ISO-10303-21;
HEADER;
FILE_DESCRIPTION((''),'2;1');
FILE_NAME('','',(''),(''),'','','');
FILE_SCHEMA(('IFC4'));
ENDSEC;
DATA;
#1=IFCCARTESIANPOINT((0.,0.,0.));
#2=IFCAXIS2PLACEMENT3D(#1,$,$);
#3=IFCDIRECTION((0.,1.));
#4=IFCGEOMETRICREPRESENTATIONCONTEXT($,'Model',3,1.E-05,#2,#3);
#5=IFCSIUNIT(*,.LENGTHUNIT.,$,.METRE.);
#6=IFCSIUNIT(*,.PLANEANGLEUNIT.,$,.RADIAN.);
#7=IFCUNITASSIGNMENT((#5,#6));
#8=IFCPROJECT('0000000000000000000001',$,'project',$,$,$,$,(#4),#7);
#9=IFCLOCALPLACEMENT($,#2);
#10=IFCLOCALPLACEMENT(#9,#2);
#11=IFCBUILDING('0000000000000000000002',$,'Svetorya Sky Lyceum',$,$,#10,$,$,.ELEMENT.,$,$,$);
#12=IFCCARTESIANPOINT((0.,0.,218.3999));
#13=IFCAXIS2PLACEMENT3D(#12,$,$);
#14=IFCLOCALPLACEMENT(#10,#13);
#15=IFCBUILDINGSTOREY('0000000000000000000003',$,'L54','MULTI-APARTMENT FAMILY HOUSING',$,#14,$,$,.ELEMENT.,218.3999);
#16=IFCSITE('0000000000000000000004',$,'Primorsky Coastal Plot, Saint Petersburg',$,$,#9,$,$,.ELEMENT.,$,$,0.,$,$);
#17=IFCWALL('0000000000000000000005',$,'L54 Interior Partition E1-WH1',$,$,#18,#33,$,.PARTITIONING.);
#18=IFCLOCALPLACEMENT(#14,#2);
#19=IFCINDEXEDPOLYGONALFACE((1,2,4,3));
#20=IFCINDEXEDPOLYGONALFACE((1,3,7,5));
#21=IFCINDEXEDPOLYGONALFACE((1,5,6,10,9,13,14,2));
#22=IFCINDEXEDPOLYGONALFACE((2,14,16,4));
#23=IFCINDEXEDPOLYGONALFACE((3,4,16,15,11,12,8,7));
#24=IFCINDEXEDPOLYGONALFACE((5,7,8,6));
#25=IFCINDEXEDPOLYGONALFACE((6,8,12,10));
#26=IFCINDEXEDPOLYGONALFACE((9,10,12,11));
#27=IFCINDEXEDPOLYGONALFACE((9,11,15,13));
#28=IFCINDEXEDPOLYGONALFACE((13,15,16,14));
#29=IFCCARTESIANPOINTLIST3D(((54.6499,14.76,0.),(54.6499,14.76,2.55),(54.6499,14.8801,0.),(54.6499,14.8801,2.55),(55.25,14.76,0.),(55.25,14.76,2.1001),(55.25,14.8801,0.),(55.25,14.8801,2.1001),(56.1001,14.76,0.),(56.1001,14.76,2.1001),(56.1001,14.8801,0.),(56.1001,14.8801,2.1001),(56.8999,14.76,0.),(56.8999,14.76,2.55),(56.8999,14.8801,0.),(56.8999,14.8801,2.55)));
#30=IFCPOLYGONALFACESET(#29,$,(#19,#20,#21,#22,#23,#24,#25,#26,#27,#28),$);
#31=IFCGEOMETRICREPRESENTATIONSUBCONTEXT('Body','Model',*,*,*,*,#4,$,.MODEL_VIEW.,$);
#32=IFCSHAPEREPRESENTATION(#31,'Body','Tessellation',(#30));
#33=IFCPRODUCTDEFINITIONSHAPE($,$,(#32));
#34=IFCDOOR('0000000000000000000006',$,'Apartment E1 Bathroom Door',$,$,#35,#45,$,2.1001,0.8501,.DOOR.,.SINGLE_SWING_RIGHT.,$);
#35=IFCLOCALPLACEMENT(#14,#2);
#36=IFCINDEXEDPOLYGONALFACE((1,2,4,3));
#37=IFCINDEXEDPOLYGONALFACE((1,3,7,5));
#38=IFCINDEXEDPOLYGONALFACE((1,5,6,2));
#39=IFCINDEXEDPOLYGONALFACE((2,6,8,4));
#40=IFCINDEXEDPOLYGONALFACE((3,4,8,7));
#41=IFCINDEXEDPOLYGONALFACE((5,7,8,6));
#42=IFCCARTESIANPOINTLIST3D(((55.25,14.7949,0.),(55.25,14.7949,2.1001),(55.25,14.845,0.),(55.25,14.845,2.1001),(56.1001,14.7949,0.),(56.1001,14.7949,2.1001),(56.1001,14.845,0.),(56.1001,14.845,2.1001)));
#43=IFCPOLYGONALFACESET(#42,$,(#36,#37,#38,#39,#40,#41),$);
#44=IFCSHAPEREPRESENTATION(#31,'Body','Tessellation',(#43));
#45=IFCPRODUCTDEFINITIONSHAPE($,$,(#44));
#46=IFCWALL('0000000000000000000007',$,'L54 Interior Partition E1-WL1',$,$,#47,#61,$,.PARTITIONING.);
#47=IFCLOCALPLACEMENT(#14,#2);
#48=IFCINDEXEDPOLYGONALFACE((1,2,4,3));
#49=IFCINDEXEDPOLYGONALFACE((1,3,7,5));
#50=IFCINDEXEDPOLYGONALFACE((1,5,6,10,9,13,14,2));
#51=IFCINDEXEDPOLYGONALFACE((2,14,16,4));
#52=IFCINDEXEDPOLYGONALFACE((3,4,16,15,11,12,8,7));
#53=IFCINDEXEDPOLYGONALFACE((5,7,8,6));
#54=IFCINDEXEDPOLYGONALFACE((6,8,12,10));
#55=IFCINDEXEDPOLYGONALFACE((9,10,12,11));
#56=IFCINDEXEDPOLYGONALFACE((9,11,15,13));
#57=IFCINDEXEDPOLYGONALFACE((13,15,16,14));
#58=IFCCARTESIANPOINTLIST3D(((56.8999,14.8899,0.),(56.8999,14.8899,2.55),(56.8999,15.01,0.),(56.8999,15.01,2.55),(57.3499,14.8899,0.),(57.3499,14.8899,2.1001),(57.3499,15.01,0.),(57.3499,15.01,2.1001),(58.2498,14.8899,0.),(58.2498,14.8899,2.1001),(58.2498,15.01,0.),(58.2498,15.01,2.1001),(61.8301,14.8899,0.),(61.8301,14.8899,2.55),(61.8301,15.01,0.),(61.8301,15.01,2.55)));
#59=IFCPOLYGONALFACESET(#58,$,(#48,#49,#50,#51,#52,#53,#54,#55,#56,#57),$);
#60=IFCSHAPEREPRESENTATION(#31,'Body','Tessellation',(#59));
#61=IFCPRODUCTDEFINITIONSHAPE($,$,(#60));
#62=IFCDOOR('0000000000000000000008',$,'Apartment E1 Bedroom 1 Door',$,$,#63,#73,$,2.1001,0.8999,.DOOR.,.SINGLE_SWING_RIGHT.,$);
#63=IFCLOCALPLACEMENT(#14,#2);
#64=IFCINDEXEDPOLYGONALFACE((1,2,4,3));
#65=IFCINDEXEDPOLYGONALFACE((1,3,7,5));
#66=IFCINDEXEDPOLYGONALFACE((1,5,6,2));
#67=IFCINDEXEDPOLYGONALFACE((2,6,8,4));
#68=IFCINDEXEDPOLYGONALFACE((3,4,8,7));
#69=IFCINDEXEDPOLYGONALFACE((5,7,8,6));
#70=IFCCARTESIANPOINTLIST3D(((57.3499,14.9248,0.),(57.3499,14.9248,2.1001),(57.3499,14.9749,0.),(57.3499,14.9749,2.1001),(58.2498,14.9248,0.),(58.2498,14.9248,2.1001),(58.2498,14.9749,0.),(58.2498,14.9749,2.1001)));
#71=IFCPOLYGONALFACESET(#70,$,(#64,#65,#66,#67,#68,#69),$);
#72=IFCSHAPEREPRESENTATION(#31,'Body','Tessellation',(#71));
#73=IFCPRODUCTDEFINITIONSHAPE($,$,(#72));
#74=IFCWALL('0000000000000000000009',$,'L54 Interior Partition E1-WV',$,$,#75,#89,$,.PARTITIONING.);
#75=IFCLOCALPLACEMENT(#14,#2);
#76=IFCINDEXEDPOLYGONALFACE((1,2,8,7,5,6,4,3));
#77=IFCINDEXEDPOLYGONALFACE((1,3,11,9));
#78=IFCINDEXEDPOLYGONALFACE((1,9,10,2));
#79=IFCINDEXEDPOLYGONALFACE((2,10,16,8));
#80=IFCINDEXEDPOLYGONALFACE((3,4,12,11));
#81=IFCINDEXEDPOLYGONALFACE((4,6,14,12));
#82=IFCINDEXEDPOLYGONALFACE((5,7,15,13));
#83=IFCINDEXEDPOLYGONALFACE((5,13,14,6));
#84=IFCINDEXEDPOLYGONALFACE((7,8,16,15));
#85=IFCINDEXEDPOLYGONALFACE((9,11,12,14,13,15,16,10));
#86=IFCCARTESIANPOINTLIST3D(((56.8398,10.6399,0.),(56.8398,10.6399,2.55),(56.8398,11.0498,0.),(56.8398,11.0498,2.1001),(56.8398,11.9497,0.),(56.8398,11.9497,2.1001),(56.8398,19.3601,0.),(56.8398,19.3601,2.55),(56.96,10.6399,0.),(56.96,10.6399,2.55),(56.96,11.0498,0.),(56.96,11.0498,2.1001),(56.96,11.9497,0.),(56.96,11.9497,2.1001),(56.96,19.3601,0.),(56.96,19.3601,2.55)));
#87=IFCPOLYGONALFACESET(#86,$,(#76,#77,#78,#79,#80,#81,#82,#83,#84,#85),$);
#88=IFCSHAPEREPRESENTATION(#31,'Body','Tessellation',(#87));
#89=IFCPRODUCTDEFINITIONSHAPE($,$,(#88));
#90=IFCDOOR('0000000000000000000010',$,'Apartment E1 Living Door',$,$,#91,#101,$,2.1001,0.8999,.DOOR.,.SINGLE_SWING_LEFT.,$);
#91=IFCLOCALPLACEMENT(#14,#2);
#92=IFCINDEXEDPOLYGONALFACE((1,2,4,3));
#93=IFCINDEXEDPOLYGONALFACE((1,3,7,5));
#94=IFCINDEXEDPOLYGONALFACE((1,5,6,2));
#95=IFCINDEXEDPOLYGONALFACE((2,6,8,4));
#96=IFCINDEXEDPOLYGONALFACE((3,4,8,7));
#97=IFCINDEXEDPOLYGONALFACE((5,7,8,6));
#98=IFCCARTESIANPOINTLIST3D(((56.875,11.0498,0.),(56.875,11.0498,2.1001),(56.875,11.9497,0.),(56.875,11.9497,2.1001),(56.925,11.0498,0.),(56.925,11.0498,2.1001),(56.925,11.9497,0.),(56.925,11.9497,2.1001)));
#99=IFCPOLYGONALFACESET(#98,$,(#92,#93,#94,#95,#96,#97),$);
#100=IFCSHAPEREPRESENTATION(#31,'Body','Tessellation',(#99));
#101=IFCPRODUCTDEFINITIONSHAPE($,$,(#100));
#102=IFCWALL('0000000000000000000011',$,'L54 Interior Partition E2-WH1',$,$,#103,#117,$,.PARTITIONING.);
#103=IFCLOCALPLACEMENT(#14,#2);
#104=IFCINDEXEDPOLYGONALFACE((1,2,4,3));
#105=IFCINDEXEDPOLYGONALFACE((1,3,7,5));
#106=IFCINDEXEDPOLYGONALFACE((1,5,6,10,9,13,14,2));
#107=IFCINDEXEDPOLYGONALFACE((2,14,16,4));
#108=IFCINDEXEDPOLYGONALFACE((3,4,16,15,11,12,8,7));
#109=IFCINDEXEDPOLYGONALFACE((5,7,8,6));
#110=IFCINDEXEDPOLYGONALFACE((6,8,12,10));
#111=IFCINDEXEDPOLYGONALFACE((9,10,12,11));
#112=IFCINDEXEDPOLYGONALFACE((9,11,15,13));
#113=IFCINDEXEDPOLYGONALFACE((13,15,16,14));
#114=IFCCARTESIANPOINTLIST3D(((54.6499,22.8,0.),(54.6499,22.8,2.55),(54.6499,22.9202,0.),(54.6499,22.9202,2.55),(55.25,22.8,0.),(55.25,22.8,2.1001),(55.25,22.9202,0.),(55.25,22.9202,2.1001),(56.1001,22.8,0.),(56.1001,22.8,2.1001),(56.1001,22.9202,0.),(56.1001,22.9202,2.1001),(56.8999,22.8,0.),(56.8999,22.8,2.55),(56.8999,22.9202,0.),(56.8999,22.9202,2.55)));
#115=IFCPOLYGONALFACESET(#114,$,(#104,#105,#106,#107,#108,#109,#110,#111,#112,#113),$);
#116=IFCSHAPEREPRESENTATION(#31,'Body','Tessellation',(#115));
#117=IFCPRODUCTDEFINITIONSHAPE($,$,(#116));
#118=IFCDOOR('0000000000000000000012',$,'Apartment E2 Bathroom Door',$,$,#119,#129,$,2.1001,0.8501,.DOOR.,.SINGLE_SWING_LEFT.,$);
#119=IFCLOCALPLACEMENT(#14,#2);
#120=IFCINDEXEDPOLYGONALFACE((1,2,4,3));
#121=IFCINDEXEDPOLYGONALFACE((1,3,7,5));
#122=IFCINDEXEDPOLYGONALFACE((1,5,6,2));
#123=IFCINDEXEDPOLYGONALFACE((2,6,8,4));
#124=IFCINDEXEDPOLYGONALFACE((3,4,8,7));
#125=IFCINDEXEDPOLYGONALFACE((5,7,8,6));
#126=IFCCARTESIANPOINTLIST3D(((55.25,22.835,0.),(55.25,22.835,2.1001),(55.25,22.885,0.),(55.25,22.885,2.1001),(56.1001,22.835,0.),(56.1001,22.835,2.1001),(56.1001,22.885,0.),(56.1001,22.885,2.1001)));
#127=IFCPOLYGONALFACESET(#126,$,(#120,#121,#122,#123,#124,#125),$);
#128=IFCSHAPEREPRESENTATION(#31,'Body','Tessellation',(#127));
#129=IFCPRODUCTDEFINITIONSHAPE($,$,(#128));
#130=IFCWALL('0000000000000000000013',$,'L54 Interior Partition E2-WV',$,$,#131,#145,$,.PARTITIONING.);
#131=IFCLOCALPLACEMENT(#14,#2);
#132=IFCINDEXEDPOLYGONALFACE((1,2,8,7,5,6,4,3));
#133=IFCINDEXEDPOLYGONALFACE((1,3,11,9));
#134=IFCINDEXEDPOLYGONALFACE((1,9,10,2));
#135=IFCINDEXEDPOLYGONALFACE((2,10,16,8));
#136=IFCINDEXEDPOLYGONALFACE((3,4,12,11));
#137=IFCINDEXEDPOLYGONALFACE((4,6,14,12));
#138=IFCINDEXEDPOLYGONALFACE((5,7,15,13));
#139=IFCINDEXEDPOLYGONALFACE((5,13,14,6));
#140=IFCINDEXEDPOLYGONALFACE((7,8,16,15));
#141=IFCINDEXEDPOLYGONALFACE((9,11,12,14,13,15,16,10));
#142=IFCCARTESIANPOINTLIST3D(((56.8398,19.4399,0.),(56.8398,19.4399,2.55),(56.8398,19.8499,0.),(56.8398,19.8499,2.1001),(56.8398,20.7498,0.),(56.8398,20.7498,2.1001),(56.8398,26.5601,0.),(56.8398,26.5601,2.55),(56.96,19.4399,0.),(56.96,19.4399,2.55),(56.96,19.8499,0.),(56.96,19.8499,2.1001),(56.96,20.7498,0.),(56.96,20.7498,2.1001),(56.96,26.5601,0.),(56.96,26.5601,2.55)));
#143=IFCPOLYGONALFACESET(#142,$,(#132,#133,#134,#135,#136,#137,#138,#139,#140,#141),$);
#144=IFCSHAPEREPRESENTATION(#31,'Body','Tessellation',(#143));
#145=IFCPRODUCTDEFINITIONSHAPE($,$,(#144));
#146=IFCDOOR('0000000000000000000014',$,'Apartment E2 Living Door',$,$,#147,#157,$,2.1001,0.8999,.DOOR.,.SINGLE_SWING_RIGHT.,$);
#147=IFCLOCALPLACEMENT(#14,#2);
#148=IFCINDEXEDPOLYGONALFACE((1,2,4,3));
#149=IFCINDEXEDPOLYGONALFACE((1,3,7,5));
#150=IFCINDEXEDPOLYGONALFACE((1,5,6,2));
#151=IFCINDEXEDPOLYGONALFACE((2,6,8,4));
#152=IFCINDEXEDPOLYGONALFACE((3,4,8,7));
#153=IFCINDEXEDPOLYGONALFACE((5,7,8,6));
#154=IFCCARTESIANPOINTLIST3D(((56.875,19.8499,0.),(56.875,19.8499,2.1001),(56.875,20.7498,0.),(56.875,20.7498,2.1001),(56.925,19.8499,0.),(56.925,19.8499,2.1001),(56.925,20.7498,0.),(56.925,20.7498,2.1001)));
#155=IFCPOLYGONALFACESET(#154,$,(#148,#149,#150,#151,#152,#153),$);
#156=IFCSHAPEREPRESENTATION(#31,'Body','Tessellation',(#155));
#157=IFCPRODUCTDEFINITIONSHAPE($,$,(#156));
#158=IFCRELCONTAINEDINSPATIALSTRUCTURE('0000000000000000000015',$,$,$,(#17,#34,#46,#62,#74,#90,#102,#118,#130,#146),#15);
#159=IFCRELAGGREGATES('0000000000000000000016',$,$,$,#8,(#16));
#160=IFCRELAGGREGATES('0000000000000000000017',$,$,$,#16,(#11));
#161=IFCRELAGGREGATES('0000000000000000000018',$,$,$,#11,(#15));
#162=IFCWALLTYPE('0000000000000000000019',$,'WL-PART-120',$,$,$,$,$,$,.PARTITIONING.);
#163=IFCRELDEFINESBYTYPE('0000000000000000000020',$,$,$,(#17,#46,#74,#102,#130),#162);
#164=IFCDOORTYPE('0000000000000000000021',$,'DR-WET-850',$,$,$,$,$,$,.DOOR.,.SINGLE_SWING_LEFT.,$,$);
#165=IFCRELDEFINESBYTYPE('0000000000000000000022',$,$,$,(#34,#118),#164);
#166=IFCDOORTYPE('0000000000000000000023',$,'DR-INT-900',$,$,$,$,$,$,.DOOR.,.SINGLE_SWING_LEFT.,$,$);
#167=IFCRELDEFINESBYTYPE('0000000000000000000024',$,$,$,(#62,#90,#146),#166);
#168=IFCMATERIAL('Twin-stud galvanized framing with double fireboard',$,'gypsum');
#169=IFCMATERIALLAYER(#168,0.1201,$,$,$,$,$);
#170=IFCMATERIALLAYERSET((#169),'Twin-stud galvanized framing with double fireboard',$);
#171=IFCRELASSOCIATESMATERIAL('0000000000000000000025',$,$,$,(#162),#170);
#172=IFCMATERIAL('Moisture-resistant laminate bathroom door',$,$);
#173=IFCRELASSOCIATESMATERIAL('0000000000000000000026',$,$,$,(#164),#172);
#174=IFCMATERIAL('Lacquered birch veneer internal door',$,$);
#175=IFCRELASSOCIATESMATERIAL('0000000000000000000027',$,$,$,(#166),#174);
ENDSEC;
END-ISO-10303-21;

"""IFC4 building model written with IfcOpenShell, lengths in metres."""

from ifc_helpers import new_model, si_unit, direction, frame, frame_2d, origin, place, context, subcontext, project, spatial, rectangle, extrude, material, layer, layer_set, type_object, element, fill, save


model = new_model("IFC4")

# Units and contexts
model_context = context("Model", 3, precision=1e-05, world=origin(), true_north=direction((0.0, 1.0)))
body_context = subcontext(model_context, "Body", "Model", "MODEL_VIEW")
ifc_project = project(units=[si_unit("LENGTHUNIT", "METRE"), si_unit("PLANEANGLEUNIT", "RADIAN")], contexts=[model_context])

# Site, building, storey
site_placement = place(None, origin())
site = spatial("IfcSite", under=ifc_project, at=site_placement, Name="Primorsky Coastal Plot, Saint Petersburg", CompositionType="ELEMENT", RefElevation=0.0)
building_placement = place(site_placement, origin())
building = spatial("IfcBuilding", under=site, at=building_placement, Name="Svetorya Sky Lyceum", CompositionType="ELEMENT")
storey_placement = place(building_placement, frame((0.0, 0.0, 218.3999)))
storey = spatial("IfcBuildingStorey", under=building, at=storey_placement, Name="L54", Description="MULTI-APARTMENT FAMILY HOUSING", CompositionType="ELEMENT", Elevation=218.3999)

# Walls, openings, doors
ifc_material_1 = material(Name="Twin-stud galvanized framing with double fireboard", Category="gypsum")
ifc_layer_1 = layer(ifc_material_1, 0.1201)
ifc_layer_set_1 = layer_set([ifc_layer_1], Name="Twin-stud galvanized framing with double fireboard")
wall_type_1 = type_object("IfcWallType", Name="WL-PART-120", PredefinedType="PARTITIONING", material=ifc_layer_set_1)
wall_1_placement = place(storey_placement, frame((54.6499, 14.8201, 0.0), z_axis=(0.0, 0.0, 1.0), x_axis=(1.0, 0.0, 0.0)))
wall_1 = element("IfcWall", 1, at=wall_1_placement, inside=storey, type_object=wall_type_1, Name="L54 Interior Partition E1-WH1", PredefinedType="PARTITIONING", context=body_context, shape_type="SweptSolid", body=[
    extrude(rectangle(XDim=2.25, YDim=0.1201, at=frame_2d((1.125, 0.0))), origin(), (0.0, 0.0, 1.0), 2.55),
])
opening_1_placement = place(wall_1_placement, frame((0.6001, 0.0, 0.0)))
opening_1 = element("IfcOpeningElement", 2, at=opening_1_placement, cuts=wall_1, PredefinedType="OPENING", context=body_context, shape_type="SweptSolid", body=[
    extrude(rectangle(XDim=0.8501, YDim=2.1001, at=frame_2d((0.425, 1.05))), frame((0.0, 0.0701, 0.0), z_axis=(0.0, -1.0, 0.0), x_axis=(1.0, 0.0, 0.0)), (0.0, 0.0, 1.0), 0.1401),
])
ifc_material_2 = material(Name="Moisture-resistant laminate bathroom door")
door_type_1 = type_object("IfcDoorType", Name="DR-WET-850", OperationType="SINGLE_SWING_LEFT", PredefinedType="DOOR", material=ifc_material_2)
door_1_placement = place(opening_1_placement, origin())
door_1 = element("IfcDoor", 3, at=door_1_placement, inside=storey, type_object=door_type_1, Name="Apartment E1 Bathroom Door", OperationType="SINGLE_SWING_RIGHT", OverallHeight=2.1001, OverallWidth=0.8501, PredefinedType="DOOR", context=body_context, shape_type="SweptSolid", body=[
    extrude(rectangle(XDim=0.8501, YDim=2.1001, at=frame_2d((0.425, 1.05))), frame((0.0, 0.0249, 0.0), z_axis=(0.0, -1.0, 0.0), x_axis=(1.0, 0.0, 0.0)), (0.0, 0.0, 1.0), 0.05),
])
fill(opening_1, door_1)
wall_2_placement = place(storey_placement, frame((56.8999, 14.95, 0.0), z_axis=(0.0, 0.0, 1.0), x_axis=(1.0, 0.0, 0.0)))
wall_2 = element("IfcWall", 4, at=wall_2_placement, inside=storey, type_object=wall_type_1, Name="L54 Interior Partition E1-WL1", PredefinedType="PARTITIONING", context=body_context, shape_type="SweptSolid", body=[
    extrude(rectangle(XDim=4.9302, YDim=0.1201, at=frame_2d((2.4651, 0.0))), origin(), (0.0, 0.0, 1.0), 2.55),
])
opening_2_placement = place(wall_2_placement, frame((0.45, 0.0, 0.0)))
opening_2 = element("IfcOpeningElement", 5, at=opening_2_placement, cuts=wall_2, PredefinedType="OPENING", context=body_context, shape_type="SweptSolid", body=[
    extrude(rectangle(XDim=0.8999, YDim=2.1001, at=frame_2d((0.45, 1.05))), frame((0.0, 0.0701, 0.0), z_axis=(0.0, -1.0, 0.0), x_axis=(1.0, 0.0, 0.0)), (0.0, 0.0, 1.0), 0.1401),
])
ifc_material_3 = material(Name="Lacquered birch veneer internal door")
door_type_2 = type_object("IfcDoorType", Name="DR-INT-900", OperationType="SINGLE_SWING_LEFT", PredefinedType="DOOR", material=ifc_material_3)
door_2_placement = place(opening_2_placement, origin())
door_2 = element("IfcDoor", 6, at=door_2_placement, inside=storey, type_object=door_type_2, Name="Apartment E1 Bedroom 1 Door", OperationType="SINGLE_SWING_RIGHT", OverallHeight=2.1001, OverallWidth=0.8999, PredefinedType="DOOR", context=body_context, shape_type="SweptSolid", body=[
    extrude(rectangle(XDim=0.8999, YDim=2.1001, at=frame_2d((0.45, 1.05))), frame((0.0, 0.0249, 0.0), z_axis=(0.0, -1.0, 0.0), x_axis=(1.0, 0.0, 0.0)), (0.0, 0.0, 1.0), 0.05),
])
fill(opening_2, door_2)
wall_3_placement = place(storey_placement, frame((56.8999, 10.6399, 0.0), z_axis=(0.0, 0.0, 1.0), x_axis=(0.0, 1.0, 0.0)))
wall_3 = element("IfcWall", 7, at=wall_3_placement, inside=storey, type_object=wall_type_1, Name="L54 Interior Partition E1-WV", PredefinedType="PARTITIONING", context=body_context, shape_type="SweptSolid", body=[
    extrude(rectangle(XDim=8.7202, YDim=0.1201, at=frame_2d((4.3601, 0.0))), origin(), (0.0, 0.0, 1.0), 2.55),
])
opening_3_placement = place(wall_3_placement, frame((0.4099, 0.0, 0.0)))
opening_3 = element("IfcOpeningElement", 8, at=opening_3_placement, cuts=wall_3, PredefinedType="OPENING", context=body_context, shape_type="SweptSolid", body=[
    extrude(rectangle(XDim=0.8999, YDim=2.1001, at=frame_2d((0.45, 1.05))), frame((0.0, 0.0701, 0.0), z_axis=(0.0, -1.0, 0.0), x_axis=(1.0, 0.0, 0.0)), (0.0, 0.0, 1.0), 0.1401),
])
door_3_placement = place(opening_3_placement, origin())
door_3 = element("IfcDoor", 9, at=door_3_placement, inside=storey, type_object=door_type_2, Name="Apartment E1 Living Door", OperationType="SINGLE_SWING_LEFT", OverallHeight=2.1001, OverallWidth=0.8999, PredefinedType="DOOR", context=body_context, shape_type="SweptSolid", body=[
    extrude(rectangle(XDim=0.8999, YDim=2.1001, at=frame_2d((0.45, 1.05))), frame((0.0, 0.0249, 0.0), z_axis=(0.0, -1.0, 0.0), x_axis=(1.0, 0.0, 0.0)), (0.0, 0.0, 1.0), 0.05),
])
fill(opening_3, door_3)
wall_4_placement = place(storey_placement, frame((54.6499, 22.8601, 0.0), z_axis=(0.0, 0.0, 1.0), x_axis=(1.0, 0.0, 0.0)))
wall_4 = element("IfcWall", 10, at=wall_4_placement, inside=storey, type_object=wall_type_1, Name="L54 Interior Partition E2-WH1", PredefinedType="PARTITIONING", context=body_context, shape_type="SweptSolid", body=[
    extrude(rectangle(XDim=2.25, YDim=0.1201, at=frame_2d((1.125, 0.0))), origin(), (0.0, 0.0, 1.0), 2.55),
])
opening_4_placement = place(wall_4_placement, frame((0.6001, 0.0, 0.0)))
opening_4 = element("IfcOpeningElement", 11, at=opening_4_placement, cuts=wall_4, PredefinedType="OPENING", context=body_context, shape_type="SweptSolid", body=[
    extrude(rectangle(XDim=0.8501, YDim=2.1001, at=frame_2d((0.425, 1.05))), frame((0.0, 0.0701, 0.0), z_axis=(0.0, -1.0, 0.0), x_axis=(1.0, 0.0, 0.0)), (0.0, 0.0, 1.0), 0.1401),
])
door_4_placement = place(opening_4_placement, origin())
door_4 = element("IfcDoor", 12, at=door_4_placement, inside=storey, type_object=door_type_1, Name="Apartment E2 Bathroom Door", OperationType="SINGLE_SWING_LEFT", OverallHeight=2.1001, OverallWidth=0.8501, PredefinedType="DOOR", context=body_context, shape_type="SweptSolid", body=[
    extrude(rectangle(XDim=0.8501, YDim=2.1001, at=frame_2d((0.425, 1.05))), frame((0.0, 0.0249, 0.0), z_axis=(0.0, -1.0, 0.0), x_axis=(1.0, 0.0, 0.0)), (0.0, 0.0, 1.0), 0.05),
])
fill(opening_4, door_4)
wall_5_placement = place(storey_placement, frame((56.8999, 19.4399, 0.0), z_axis=(0.0, 0.0, 1.0), x_axis=(0.0, 1.0, 0.0)))
wall_5 = element("IfcWall", 13, at=wall_5_placement, inside=storey, type_object=wall_type_1, Name="L54 Interior Partition E2-WV", PredefinedType="PARTITIONING", context=body_context, shape_type="SweptSolid", body=[
    extrude(rectangle(XDim=7.1201, YDim=0.1201, at=frame_2d((3.5601, 0.0))), origin(), (0.0, 0.0, 1.0), 2.55),
])
opening_5_placement = place(wall_5_placement, frame((0.4099, 0.0, 0.0)))
opening_5 = element("IfcOpeningElement", 14, at=opening_5_placement, cuts=wall_5, PredefinedType="OPENING", context=body_context, shape_type="SweptSolid", body=[
    extrude(rectangle(XDim=0.8999, YDim=2.1001, at=frame_2d((0.45, 1.05))), frame((0.0, 0.0701, 0.0), z_axis=(0.0, -1.0, 0.0), x_axis=(1.0, 0.0, 0.0)), (0.0, 0.0, 1.0), 0.1401),
])
door_5_placement = place(opening_5_placement, origin())
door_5 = element("IfcDoor", 15, at=door_5_placement, inside=storey, type_object=door_type_2, Name="Apartment E2 Living Door", OperationType="SINGLE_SWING_RIGHT", OverallHeight=2.1001, OverallWidth=0.8999, PredefinedType="DOOR", context=body_context, shape_type="SweptSolid", body=[
    extrude(rectangle(XDim=0.8999, YDim=2.1001, at=frame_2d((0.45, 1.05))), frame((0.0, 0.0249, 0.0), z_axis=(0.0, -1.0, 0.0), x_axis=(1.0, 0.0, 0.0)), (0.0, 0.0, 1.0), 0.05),
])
fill(opening_5, door_5)

save(model, "model.ifc")
